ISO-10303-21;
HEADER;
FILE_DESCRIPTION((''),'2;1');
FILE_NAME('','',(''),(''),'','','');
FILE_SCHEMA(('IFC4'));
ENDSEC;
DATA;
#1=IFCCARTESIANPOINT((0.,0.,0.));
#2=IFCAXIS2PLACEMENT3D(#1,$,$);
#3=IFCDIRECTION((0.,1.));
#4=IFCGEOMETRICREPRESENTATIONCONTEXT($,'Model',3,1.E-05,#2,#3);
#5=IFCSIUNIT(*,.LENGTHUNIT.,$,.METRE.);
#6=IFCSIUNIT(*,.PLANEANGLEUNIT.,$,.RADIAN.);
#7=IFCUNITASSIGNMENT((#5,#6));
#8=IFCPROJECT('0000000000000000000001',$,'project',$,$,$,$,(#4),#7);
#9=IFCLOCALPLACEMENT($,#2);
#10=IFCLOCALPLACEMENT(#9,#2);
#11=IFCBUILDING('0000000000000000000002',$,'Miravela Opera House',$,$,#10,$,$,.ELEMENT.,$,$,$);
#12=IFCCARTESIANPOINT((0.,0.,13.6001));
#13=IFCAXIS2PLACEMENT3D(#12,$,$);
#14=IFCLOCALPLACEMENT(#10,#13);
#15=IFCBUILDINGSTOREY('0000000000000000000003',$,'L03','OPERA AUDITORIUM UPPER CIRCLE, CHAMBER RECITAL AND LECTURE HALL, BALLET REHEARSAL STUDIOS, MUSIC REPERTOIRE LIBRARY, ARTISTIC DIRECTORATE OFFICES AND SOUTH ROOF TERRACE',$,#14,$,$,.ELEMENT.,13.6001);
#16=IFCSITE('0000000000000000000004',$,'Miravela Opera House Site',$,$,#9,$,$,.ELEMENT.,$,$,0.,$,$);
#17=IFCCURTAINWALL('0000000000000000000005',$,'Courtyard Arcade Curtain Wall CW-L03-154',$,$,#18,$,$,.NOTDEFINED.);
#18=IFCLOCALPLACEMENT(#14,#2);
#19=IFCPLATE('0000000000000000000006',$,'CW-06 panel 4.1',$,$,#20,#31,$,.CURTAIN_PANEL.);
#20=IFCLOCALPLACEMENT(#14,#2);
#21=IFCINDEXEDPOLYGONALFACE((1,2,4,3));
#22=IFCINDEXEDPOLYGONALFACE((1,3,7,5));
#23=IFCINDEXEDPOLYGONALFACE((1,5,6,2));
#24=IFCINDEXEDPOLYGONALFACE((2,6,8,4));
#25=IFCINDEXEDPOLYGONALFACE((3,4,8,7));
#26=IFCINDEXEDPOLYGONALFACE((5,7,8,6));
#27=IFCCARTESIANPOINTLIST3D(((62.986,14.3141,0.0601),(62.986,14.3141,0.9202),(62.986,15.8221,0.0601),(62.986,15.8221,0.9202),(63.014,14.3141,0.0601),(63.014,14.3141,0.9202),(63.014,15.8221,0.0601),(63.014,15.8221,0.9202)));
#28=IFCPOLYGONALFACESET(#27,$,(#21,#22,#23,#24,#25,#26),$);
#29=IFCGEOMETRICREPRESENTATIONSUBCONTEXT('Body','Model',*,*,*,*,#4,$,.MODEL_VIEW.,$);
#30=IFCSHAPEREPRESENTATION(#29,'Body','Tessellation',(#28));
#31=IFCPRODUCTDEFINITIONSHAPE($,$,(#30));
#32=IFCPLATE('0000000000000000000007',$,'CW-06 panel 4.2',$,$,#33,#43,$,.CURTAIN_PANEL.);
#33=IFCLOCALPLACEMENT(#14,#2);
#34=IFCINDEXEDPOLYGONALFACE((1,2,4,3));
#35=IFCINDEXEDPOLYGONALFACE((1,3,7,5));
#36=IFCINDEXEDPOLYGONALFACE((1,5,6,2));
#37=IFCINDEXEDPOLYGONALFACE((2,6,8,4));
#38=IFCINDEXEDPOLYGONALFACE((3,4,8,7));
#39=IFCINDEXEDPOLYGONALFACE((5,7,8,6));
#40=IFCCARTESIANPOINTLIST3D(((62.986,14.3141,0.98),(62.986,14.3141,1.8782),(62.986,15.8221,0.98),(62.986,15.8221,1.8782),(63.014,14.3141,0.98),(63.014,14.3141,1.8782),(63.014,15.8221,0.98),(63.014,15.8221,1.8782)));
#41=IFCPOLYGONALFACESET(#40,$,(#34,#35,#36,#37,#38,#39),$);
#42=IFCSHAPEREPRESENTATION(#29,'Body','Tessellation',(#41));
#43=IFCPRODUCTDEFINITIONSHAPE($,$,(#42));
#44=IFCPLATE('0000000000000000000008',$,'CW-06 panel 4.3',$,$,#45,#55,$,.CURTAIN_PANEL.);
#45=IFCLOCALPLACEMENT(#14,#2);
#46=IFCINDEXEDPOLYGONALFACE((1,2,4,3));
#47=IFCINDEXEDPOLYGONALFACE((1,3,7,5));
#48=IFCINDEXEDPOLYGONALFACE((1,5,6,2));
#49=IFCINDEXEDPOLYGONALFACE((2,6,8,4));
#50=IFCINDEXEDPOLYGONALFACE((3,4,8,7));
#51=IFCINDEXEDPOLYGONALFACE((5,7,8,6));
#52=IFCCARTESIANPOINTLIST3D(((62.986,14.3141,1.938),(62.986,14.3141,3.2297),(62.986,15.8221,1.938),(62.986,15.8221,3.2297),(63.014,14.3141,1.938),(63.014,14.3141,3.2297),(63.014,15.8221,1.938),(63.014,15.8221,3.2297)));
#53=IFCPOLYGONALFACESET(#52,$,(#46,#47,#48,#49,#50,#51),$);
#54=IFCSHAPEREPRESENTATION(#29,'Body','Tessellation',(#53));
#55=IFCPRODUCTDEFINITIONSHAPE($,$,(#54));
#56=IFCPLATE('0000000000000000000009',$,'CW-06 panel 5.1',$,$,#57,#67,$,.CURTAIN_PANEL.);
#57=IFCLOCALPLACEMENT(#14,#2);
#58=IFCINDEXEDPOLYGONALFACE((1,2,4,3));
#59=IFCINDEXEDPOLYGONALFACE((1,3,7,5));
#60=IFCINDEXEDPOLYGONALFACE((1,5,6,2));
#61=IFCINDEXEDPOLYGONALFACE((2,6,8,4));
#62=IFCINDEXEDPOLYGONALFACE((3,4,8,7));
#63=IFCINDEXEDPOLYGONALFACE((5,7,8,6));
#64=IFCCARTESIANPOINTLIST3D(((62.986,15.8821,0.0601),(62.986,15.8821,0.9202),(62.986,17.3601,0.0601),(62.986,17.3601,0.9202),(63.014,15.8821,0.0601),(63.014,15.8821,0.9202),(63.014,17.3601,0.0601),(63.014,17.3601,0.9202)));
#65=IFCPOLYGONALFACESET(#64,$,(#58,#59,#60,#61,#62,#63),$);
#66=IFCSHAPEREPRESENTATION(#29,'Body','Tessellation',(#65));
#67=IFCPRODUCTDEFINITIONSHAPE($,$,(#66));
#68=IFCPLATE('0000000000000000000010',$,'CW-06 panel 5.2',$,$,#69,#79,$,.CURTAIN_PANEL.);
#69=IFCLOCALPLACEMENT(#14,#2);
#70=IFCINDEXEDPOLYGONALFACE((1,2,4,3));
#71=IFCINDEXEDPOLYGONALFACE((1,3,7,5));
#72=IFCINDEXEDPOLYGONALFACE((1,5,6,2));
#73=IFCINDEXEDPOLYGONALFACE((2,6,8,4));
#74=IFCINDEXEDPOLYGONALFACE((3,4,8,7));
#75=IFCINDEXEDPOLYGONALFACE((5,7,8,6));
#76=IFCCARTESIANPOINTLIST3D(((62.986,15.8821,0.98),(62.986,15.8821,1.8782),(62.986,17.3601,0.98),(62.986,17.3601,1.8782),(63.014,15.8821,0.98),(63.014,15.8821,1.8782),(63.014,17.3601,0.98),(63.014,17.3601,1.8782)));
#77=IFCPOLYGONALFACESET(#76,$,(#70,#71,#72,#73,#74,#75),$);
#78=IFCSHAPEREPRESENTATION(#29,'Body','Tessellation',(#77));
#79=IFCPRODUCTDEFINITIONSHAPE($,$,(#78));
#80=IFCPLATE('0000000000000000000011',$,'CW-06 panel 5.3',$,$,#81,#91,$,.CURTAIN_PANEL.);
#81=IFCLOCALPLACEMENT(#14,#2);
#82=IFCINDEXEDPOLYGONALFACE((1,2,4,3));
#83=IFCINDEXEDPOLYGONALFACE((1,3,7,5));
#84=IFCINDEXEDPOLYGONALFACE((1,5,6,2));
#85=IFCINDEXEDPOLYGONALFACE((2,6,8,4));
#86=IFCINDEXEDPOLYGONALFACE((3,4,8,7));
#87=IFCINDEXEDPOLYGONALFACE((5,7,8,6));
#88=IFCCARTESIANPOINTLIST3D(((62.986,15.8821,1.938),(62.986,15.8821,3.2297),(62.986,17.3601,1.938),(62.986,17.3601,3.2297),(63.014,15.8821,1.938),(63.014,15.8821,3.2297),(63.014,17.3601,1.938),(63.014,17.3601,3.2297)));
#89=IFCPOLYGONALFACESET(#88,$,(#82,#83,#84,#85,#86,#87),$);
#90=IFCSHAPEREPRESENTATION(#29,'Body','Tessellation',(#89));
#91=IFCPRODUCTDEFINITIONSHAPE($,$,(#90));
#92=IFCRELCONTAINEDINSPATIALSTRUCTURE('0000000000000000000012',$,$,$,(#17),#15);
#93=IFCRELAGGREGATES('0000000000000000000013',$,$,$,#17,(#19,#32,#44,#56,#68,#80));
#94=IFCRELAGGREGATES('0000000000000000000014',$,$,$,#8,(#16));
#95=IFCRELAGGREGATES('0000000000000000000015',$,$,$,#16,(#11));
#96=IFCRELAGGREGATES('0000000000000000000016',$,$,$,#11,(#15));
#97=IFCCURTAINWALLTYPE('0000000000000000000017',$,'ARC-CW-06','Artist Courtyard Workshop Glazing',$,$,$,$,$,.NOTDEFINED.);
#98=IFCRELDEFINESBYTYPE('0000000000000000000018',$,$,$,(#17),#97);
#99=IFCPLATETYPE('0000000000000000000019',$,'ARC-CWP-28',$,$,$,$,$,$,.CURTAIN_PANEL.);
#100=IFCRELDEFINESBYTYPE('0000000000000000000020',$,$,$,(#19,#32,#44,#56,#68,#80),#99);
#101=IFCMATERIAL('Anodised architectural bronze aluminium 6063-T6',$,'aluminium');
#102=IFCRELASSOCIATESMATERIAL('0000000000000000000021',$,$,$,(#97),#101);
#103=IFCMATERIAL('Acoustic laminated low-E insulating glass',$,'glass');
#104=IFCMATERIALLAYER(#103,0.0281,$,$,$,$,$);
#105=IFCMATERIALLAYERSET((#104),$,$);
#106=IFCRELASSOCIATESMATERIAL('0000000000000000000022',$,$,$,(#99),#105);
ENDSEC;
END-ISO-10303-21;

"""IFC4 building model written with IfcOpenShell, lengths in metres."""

from ifc_helpers import new_model, si_unit, direction, frame, origin, origin_2d, place, context, subcontext, project, spatial, rectangle, extrude, material, layer, layer_set, type_object, element, aggregate, save


model = new_model("IFC4")

# Units and contexts
model_context = context("Model", 3, precision=1e-05, world=origin(), true_north=direction((0.0, 1.0)))
body_context = subcontext(model_context, "Body", "Model", "MODEL_VIEW")
ifc_project = project(units=[si_unit("LENGTHUNIT", "METRE"), si_unit("PLANEANGLEUNIT", "RADIAN")], contexts=[model_context])

# Site, building, storey
site_placement = place(None, origin())
site = spatial("IfcSite", under=ifc_project, at=site_placement, Name="Miravela Opera House Site", CompositionType="ELEMENT", RefElevation=0.0)
building_placement = place(site_placement, origin())
building = spatial("IfcBuilding", under=site, at=building_placement, Name="Miravela Opera House", CompositionType="ELEMENT")
storey_placement = place(building_placement, frame((0.0, 0.0, 13.6001)))
storey = spatial("IfcBuildingStorey", under=building, at=storey_placement, Name="L03", Description="OPERA AUDITORIUM UPPER CIRCLE, CHAMBER RECITAL AND LECTURE HALL, BALLET REHEARSAL STUDIOS, MUSIC REPERTOIRE LIBRARY, ARTISTIC DIRECTORATE OFFICES AND SOUTH ROOF TERRACE", CompositionType="ELEMENT", Elevation=13.6001)

# Curtain wall
ifc_material_1 = material(Name="Anodised architectural bronze aluminium 6063-T6", Category="aluminium")
curtain_wall_type = type_object("IfcCurtainWallType", Name="ARC-CW-06", Description="Artist Courtyard Workshop Glazing", PredefinedType="NOTDEFINED", material=ifc_material_1)
curtain_wall_1_placement = place(storey_placement, origin())
curtain_wall_1 = element("IfcCurtainWall", 1, at=curtain_wall_1_placement, inside=storey, type_object=curtain_wall_type, Name="Courtyard Arcade Curtain Wall CW-L03-154", PredefinedType="NOTDEFINED")

# Plates
ifc_material_2 = material(Name="Acoustic laminated low-E insulating glass", Category="glass")
ifc_layer = layer(ifc_material_2, 0.0281)
ifc_layer_set = layer_set([ifc_layer])
plate_type = type_object("IfcPlateType", Name="ARC-CWP-28", PredefinedType="CURTAIN_PANEL", material=ifc_layer_set)
plate_1_placement = place(storey_placement, frame((63.0, 15.0681, 0.0601), z_axis=(0.0, 0.0, 1.0), x_axis=(0.0, 1.0, 0.0)))
plate_1 = element("IfcPlate", 2, at=plate_1_placement, type_object=plate_type, Name="CW-06 panel 4.1", PredefinedType="CURTAIN_PANEL", context=body_context, shape_type="SweptSolid", body=[
    extrude(rectangle(XDim=1.5081, YDim=0.0281, at=origin_2d()), origin(), (0.0, 0.0, 1.0), 0.8601),
])
plate_2_placement = place(storey_placement, frame((63.0, 15.0681, 0.98), z_axis=(0.0, 0.0, 1.0), x_axis=(0.0, 1.0, 0.0)))
plate_2 = element("IfcPlate", 3, at=plate_2_placement, type_object=plate_type, Name="CW-06 panel 4.2", PredefinedType="CURTAIN_PANEL", context=body_context, shape_type="SweptSolid", body=[
    extrude(rectangle(XDim=1.5081, YDim=0.0281, at=origin_2d()), origin(), (0.0, 0.0, 1.0), 0.8982),
])
plate_3_placement = place(storey_placement, frame((63.0, 15.0681, 1.938), z_axis=(0.0, 0.0, 1.0), x_axis=(0.0, 1.0, 0.0)))
plate_3 = element("IfcPlate", 4, at=plate_3_placement, type_object=plate_type, Name="CW-06 panel 4.3", PredefinedType="CURTAIN_PANEL", context=body_context, shape_type="SweptSolid", body=[
    extrude(rectangle(XDim=1.5081, YDim=0.0281, at=origin_2d()), origin(), (0.0, 0.0, 1.0), 1.2917),
])
plate_4_placement = place(storey_placement, frame((63.0, 16.6211, 0.0601), z_axis=(0.0, 0.0, 1.0), x_axis=(0.0, 1.0, 0.0)))
plate_4 = element("IfcPlate", 5, at=plate_4_placement, type_object=plate_type, Name="CW-06 panel 5.1", PredefinedType="CURTAIN_PANEL", context=body_context, shape_type="SweptSolid", body=[
    extrude(rectangle(XDim=1.478, YDim=0.0281, at=origin_2d()), origin(), (0.0, 0.0, 1.0), 0.8601),
])
plate_5_placement = place(storey_placement, frame((63.0, 16.6211, 0.98), z_axis=(0.0, 0.0, 1.0), x_axis=(0.0, 1.0, 0.0)))
plate_5 = element("IfcPlate", 6, at=plate_5_placement, type_object=plate_type, Name="CW-06 panel 5.2", PredefinedType="CURTAIN_PANEL", context=body_context, shape_type="SweptSolid", body=[
    extrude(rectangle(XDim=1.478, YDim=0.0281, at=origin_2d()), origin(), (0.0, 0.0, 1.0), 0.8982),
])
plate_6_placement = place(storey_placement, frame((63.0, 16.6211, 1.938), z_axis=(0.0, 0.0, 1.0), x_axis=(0.0, 1.0, 0.0)))
plate_6 = element("IfcPlate", 7, at=plate_6_placement, type_object=plate_type, Name="CW-06 panel 5.3", PredefinedType="CURTAIN_PANEL", context=body_context, shape_type="SweptSolid", body=[
    extrude(rectangle(XDim=1.478, YDim=0.0281, at=origin_2d()), origin(), (0.0, 0.0, 1.0), 1.2917),
])
aggregate(curtain_wall_1, [plate_1, plate_2, plate_3, plate_4, plate_5, plate_6])

save(model, "model.ifc")
